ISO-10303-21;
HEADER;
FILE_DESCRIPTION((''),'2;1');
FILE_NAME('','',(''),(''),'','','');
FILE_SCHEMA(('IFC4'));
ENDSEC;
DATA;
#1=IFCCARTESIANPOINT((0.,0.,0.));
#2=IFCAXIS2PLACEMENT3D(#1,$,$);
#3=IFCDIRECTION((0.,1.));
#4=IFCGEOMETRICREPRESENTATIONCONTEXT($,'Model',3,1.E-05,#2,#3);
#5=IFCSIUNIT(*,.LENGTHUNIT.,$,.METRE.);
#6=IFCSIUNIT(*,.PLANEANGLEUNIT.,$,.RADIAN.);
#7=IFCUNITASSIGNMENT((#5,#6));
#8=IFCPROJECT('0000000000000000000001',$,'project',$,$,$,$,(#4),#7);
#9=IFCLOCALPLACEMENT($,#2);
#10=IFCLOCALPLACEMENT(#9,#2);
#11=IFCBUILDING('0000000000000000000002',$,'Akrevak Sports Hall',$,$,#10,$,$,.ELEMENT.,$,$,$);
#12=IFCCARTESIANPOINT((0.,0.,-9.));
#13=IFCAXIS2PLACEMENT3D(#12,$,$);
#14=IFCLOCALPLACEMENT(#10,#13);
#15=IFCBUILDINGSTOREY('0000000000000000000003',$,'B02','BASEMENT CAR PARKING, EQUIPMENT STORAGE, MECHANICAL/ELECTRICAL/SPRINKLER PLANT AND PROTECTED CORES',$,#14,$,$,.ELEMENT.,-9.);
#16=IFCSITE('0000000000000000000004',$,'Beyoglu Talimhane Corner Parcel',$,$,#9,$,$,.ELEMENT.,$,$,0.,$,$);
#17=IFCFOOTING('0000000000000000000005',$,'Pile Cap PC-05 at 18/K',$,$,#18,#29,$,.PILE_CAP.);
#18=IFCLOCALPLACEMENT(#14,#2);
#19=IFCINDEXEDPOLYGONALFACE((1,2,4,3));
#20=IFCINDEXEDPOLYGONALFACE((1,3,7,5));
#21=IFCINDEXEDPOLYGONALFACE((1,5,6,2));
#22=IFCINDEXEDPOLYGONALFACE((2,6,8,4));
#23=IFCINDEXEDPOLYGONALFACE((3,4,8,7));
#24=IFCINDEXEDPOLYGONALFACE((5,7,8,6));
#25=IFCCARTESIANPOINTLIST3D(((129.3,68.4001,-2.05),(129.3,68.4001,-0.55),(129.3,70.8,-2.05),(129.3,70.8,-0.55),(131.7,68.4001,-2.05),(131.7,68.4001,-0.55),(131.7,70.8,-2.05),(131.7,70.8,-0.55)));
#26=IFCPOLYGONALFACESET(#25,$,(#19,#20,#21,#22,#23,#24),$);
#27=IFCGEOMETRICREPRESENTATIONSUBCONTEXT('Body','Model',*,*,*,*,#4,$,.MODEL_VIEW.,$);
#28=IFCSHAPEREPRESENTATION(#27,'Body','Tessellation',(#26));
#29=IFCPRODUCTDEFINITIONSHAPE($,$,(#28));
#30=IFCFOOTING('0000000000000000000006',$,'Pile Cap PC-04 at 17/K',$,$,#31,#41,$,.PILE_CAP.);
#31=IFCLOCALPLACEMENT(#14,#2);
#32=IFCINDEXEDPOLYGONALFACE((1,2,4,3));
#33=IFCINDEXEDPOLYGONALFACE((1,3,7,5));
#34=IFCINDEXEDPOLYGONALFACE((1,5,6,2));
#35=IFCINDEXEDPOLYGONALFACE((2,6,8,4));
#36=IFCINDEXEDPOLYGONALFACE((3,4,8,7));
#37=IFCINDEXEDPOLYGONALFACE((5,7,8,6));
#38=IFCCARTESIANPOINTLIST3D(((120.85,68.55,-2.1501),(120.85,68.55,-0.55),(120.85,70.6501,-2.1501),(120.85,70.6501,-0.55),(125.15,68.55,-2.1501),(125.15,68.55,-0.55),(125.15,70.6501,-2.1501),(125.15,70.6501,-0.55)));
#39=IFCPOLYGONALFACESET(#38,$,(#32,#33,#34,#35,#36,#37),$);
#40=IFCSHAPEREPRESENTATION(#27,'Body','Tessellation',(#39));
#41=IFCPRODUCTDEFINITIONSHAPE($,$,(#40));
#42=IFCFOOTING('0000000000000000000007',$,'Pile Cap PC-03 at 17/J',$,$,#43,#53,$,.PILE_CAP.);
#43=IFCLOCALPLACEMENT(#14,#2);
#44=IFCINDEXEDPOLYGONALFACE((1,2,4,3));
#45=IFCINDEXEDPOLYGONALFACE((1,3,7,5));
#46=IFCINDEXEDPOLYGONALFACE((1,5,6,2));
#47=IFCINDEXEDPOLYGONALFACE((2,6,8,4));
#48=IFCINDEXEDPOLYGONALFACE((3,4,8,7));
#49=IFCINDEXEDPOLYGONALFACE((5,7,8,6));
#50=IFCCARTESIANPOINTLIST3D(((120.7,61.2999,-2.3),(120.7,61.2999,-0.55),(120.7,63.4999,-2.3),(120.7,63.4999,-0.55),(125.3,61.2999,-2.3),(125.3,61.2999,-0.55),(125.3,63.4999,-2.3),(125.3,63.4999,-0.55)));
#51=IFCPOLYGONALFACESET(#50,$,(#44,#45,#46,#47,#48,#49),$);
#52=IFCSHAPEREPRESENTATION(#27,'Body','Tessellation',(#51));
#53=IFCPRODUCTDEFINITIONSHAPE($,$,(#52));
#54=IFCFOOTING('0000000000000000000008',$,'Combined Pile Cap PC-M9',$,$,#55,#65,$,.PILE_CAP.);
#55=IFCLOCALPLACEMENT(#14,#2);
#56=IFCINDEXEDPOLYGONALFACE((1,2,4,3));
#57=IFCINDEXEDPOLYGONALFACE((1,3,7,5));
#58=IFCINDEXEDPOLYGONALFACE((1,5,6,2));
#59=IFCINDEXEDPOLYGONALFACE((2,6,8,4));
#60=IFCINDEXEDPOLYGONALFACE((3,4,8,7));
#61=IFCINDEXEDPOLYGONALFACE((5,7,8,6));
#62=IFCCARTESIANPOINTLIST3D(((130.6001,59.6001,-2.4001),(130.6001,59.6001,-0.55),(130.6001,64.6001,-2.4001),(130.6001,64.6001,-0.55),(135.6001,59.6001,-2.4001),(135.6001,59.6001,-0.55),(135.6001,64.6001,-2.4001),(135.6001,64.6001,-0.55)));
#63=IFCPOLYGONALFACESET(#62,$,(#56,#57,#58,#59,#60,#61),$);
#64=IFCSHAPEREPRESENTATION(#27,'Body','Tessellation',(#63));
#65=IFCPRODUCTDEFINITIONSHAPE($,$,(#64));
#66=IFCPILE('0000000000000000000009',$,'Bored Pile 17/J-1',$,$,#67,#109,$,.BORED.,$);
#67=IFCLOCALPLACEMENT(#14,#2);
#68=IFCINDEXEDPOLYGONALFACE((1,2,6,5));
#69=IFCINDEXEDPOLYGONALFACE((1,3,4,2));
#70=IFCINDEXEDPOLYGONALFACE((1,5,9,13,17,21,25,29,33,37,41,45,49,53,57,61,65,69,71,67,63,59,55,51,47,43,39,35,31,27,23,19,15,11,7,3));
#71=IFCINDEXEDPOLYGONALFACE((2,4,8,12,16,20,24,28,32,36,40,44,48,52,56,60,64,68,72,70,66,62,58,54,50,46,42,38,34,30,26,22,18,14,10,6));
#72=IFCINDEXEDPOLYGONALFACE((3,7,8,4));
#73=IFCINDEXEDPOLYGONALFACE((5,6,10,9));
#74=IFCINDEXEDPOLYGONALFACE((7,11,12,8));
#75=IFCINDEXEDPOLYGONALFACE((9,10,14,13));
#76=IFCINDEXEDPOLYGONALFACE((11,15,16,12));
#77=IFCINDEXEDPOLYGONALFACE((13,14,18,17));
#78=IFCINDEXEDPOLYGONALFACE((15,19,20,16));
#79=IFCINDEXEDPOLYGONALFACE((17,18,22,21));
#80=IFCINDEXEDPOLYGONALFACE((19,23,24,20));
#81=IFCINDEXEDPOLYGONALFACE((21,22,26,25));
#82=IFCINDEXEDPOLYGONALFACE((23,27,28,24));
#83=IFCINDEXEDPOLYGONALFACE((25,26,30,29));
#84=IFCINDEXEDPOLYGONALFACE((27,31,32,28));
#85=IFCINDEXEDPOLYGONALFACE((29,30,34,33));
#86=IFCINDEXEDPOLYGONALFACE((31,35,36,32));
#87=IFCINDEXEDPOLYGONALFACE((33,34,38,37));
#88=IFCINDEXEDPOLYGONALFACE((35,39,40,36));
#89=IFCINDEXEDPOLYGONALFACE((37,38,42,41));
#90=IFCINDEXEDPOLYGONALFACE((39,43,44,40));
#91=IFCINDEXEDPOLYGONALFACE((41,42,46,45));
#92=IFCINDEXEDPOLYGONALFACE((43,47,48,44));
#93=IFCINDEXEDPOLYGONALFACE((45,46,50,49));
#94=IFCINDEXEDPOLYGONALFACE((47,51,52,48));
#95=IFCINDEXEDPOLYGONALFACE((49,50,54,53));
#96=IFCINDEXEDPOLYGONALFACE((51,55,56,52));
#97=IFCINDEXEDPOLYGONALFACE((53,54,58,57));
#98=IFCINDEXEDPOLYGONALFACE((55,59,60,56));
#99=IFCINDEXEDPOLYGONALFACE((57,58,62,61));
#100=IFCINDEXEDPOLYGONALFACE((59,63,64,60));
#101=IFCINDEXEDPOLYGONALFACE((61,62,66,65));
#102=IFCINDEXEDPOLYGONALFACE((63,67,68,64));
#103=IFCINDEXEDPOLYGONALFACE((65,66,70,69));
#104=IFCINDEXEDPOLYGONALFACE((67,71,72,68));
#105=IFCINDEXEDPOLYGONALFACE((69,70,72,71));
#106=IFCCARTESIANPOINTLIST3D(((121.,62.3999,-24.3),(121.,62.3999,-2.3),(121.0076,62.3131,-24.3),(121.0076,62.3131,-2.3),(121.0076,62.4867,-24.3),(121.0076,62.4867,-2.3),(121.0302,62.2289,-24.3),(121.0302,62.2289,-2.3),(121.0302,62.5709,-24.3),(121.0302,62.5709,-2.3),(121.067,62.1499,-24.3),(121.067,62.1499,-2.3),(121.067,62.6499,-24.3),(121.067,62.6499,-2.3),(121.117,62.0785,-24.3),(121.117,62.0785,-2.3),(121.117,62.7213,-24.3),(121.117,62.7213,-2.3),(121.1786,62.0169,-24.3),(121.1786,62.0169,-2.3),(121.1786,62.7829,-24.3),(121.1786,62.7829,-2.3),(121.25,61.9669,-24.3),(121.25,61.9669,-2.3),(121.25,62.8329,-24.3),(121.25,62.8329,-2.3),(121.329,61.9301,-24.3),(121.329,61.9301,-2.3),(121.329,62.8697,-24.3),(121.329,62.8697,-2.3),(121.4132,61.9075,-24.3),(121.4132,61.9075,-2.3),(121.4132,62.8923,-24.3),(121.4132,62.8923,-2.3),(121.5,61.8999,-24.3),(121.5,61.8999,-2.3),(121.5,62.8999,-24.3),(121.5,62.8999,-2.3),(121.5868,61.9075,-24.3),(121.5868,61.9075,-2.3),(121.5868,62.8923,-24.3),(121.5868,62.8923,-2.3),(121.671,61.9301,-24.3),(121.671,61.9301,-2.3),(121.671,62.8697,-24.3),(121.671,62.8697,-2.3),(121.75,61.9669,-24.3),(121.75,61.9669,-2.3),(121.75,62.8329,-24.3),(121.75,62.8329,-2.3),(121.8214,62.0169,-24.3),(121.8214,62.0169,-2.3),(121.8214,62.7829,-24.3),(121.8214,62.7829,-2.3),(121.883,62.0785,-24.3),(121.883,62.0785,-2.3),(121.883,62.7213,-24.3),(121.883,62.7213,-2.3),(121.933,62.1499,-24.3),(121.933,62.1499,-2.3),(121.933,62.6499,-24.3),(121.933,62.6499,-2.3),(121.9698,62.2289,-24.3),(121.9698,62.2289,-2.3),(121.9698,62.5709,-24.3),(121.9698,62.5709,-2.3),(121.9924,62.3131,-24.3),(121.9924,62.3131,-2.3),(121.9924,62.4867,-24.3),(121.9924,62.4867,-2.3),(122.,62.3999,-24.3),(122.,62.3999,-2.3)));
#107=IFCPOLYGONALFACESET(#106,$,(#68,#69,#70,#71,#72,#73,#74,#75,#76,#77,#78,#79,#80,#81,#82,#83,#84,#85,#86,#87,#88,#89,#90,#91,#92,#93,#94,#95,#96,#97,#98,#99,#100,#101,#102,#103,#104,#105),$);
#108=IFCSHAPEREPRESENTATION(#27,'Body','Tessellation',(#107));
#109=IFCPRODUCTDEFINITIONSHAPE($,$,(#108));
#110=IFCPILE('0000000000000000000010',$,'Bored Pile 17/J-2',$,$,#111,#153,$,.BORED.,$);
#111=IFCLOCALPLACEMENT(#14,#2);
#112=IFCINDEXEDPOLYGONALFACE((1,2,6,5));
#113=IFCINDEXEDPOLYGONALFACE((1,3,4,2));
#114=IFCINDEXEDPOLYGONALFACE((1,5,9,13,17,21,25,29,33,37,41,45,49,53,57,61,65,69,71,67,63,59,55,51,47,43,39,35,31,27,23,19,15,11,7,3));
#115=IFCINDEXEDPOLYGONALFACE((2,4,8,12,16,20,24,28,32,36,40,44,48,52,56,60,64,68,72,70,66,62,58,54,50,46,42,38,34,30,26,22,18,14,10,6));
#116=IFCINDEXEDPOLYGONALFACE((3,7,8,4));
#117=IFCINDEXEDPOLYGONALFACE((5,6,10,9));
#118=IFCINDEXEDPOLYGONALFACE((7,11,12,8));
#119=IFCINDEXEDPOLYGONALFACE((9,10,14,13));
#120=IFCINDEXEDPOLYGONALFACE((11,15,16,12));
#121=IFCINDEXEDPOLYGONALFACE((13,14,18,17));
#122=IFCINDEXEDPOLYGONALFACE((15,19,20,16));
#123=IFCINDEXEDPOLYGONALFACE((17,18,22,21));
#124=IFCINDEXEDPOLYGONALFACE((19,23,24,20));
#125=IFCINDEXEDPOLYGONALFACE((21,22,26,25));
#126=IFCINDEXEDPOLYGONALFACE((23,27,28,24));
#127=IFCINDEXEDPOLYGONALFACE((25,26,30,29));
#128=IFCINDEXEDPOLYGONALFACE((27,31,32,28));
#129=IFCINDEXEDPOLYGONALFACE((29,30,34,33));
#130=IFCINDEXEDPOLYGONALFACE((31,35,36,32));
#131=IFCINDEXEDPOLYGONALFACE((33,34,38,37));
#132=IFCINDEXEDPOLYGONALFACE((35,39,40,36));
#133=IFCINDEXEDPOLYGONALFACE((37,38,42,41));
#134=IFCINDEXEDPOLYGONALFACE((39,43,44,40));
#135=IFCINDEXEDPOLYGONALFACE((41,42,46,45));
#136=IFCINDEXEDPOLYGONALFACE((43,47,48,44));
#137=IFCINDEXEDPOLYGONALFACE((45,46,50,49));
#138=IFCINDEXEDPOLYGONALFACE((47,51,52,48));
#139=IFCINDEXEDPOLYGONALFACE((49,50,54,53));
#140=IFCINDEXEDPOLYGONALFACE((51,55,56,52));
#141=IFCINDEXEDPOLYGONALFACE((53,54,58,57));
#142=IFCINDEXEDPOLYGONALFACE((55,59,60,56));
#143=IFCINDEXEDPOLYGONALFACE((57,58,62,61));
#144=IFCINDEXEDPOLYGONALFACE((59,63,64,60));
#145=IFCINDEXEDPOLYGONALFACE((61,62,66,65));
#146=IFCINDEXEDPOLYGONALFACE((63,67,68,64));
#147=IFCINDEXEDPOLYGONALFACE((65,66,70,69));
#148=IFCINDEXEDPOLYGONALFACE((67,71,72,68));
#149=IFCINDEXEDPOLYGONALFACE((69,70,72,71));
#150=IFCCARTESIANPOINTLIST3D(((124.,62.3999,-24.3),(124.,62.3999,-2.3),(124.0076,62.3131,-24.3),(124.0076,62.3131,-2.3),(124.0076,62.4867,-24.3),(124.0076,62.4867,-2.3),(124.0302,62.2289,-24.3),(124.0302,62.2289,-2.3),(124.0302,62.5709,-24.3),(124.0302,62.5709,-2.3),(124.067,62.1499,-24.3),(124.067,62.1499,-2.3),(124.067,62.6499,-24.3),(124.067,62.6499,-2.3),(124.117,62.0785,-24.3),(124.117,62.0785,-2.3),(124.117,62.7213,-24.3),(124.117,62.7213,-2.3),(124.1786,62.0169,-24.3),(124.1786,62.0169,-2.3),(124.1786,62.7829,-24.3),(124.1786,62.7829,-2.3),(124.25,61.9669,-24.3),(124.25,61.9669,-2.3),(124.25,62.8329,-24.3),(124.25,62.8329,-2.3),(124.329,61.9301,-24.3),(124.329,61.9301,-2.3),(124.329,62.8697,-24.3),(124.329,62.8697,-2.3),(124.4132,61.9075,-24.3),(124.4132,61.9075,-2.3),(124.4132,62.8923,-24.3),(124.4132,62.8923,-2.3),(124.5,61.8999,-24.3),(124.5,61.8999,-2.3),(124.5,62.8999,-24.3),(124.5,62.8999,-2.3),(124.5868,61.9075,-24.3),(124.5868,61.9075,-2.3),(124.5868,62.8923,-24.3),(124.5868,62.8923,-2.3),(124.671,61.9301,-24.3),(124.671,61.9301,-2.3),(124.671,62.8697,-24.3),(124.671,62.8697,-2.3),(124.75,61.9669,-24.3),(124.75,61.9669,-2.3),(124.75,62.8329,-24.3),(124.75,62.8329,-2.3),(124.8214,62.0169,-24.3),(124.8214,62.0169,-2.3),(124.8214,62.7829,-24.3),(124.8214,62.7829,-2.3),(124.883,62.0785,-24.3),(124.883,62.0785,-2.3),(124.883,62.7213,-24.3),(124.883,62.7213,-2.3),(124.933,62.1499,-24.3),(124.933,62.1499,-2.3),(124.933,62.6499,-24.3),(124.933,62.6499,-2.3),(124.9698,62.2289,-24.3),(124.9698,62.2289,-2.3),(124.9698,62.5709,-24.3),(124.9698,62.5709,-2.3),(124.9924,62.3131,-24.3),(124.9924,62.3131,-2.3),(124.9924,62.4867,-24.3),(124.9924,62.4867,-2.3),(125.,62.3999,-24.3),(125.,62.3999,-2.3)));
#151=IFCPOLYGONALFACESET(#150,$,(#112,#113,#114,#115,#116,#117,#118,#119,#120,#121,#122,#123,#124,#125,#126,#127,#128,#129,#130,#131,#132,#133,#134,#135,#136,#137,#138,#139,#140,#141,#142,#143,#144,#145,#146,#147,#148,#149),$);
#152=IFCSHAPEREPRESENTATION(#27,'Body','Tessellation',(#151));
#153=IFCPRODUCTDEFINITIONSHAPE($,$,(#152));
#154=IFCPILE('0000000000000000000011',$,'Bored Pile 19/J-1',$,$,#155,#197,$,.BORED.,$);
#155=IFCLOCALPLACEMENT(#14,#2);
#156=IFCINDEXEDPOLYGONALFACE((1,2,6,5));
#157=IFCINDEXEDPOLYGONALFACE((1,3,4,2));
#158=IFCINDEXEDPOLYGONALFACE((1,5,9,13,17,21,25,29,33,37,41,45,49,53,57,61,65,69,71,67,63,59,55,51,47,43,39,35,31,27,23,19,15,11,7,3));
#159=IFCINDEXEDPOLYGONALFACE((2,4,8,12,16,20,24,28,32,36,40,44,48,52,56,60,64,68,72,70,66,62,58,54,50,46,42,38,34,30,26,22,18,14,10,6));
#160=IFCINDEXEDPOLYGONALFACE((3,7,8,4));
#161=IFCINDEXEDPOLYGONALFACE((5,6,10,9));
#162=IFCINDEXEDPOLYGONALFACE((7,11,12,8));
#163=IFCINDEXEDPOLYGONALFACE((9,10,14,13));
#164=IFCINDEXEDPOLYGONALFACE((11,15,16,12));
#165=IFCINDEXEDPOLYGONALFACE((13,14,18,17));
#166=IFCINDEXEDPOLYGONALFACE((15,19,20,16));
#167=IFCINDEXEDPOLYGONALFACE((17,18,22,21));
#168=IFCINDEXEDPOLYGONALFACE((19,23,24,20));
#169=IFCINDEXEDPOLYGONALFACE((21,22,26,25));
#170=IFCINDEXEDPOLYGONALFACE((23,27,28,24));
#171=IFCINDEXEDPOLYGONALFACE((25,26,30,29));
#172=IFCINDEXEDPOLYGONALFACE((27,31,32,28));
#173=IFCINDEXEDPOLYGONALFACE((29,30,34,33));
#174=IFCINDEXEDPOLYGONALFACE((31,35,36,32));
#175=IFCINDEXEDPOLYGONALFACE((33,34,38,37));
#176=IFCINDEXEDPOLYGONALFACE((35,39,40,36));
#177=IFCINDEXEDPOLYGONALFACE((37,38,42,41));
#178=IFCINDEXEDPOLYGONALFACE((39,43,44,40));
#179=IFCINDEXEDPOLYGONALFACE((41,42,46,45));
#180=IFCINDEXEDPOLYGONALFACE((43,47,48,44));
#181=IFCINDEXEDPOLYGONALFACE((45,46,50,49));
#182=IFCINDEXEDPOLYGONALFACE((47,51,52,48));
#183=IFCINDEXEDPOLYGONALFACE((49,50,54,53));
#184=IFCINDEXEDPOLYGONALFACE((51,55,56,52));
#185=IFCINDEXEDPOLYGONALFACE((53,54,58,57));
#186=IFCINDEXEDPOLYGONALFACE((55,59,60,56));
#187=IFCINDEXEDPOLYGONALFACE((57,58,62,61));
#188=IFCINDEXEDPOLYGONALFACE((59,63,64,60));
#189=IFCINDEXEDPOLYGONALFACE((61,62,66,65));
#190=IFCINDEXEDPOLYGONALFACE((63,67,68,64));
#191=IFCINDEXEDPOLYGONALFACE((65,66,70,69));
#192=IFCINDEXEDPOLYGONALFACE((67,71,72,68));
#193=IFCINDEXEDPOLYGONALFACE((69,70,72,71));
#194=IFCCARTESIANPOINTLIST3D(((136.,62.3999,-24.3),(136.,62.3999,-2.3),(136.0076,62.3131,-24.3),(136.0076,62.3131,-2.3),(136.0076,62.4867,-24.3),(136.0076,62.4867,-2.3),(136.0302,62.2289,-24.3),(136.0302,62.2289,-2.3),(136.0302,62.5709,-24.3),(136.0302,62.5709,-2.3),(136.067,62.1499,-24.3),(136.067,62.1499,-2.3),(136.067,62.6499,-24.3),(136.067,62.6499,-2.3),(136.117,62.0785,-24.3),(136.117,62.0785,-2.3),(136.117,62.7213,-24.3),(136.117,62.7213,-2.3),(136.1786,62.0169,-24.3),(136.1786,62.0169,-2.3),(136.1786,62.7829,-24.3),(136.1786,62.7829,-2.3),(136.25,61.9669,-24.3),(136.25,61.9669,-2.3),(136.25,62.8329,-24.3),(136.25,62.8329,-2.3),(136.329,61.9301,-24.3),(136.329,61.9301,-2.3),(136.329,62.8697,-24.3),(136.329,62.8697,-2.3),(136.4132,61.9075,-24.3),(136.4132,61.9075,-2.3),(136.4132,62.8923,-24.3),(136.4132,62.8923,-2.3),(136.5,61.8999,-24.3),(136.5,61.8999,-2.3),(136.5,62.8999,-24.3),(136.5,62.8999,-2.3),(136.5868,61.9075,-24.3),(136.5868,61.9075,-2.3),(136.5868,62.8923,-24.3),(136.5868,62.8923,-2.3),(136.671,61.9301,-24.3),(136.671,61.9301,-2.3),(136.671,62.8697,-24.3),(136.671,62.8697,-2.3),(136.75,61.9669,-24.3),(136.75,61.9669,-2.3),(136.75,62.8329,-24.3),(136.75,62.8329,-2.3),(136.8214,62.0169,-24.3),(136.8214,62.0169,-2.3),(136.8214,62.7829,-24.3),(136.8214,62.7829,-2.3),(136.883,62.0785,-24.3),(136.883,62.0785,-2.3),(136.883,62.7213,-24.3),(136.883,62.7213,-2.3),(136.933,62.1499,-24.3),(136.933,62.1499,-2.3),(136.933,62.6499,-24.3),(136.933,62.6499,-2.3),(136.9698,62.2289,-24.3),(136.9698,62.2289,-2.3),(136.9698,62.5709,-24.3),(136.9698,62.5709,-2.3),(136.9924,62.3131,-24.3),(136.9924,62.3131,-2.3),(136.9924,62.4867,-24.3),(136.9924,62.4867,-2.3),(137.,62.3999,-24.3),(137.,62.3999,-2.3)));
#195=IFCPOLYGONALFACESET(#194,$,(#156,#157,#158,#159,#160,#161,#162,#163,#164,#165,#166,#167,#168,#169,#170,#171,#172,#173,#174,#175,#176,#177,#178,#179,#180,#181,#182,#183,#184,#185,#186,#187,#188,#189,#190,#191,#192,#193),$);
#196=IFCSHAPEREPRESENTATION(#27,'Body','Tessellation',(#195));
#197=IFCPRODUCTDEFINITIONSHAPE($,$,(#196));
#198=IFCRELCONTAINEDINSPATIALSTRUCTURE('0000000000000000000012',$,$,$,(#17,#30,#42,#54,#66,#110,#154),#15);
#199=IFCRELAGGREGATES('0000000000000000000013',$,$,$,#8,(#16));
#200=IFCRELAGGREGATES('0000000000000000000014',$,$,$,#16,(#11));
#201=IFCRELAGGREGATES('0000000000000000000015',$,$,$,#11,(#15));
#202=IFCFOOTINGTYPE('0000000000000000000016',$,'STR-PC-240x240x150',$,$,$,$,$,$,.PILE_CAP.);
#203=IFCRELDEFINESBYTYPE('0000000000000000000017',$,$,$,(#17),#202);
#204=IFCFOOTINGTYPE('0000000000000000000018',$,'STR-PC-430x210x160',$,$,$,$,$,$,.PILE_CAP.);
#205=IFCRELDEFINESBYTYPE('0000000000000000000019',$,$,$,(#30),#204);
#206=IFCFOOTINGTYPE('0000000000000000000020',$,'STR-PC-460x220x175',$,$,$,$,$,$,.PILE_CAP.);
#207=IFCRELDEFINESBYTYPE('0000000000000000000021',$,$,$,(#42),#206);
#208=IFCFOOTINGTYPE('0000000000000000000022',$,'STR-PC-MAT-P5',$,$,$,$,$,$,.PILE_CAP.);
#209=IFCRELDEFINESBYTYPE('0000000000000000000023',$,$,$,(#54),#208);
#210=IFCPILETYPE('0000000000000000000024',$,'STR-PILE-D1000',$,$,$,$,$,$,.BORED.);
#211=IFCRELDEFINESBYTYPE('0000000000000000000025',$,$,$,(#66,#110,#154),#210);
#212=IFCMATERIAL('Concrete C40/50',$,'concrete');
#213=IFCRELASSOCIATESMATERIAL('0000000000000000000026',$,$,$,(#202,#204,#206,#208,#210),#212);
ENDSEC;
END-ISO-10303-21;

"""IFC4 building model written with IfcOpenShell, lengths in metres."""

from ifc_helpers import new_model, si_unit, direction, frame, origin, origin_2d, place, context, subcontext, project, spatial, rectangle, circle, extrude, material, material_profile, profile_set, type_object, element, save


model = new_model("IFC4")

# Units and contexts
model_context = context("Model", 3, precision=1e-05, world=origin(), true_north=direction((0.0, 1.0)))
body_context = subcontext(model_context, "Body", "Model", "MODEL_VIEW")
ifc_project = project(units=[si_unit("LENGTHUNIT", "METRE"), si_unit("PLANEANGLEUNIT", "RADIAN")], contexts=[model_context])

# Site, building, storey
site_placement = place(None, origin())
site = spatial("IfcSite", under=ifc_project, at=site_placement, Name="Beyoglu Talimhane Corner Parcel", CompositionType="ELEMENT", RefElevation=0.0)
building_placement = place(site_placement, origin())
building = spatial("IfcBuilding", under=site, at=building_placement, Name="Akrevak Sports Hall", CompositionType="ELEMENT")
storey_placement = place(building_placement, frame((0.0, 0.0, -9.0)))
storey = spatial("IfcBuildingStorey", under=building, at=storey_placement, Name="B02", Description="BASEMENT CAR PARKING, EQUIPMENT STORAGE, MECHANICAL/ELECTRICAL/SPRINKLER PLANT AND PROTECTED CORES", CompositionType="ELEMENT", Elevation=-9.0)

# Footings
ifc_material_1 = material(Name="Concrete C40/50", Category="concrete")
footing_type_1 = type_object("IfcFootingType", Name="STR-PC-240x240x150", PredefinedType="PILE_CAP", material=ifc_material_1)
footing_1_placement = place(storey_placement, frame((130.5, 69.6001, -2.05), z_axis=(0.0, 0.0, 1.0), x_axis=(1.0, 0.0, 0.0)))
element("IfcFooting", 1, at=footing_1_placement, inside=storey, type_object=footing_type_1, Name="Pile Cap PC-05 at 18/K", PredefinedType="PILE_CAP", context=body_context, shape_type="SweptSolid", body=[
    extrude(rectangle(XDim=2.3999, YDim=2.3999, at=origin_2d()), origin(), (0.0, 0.0, 1.0), 1.5),
])
footing_type_2 = type_object("IfcFootingType", Name="STR-PC-430x210x160", PredefinedType="PILE_CAP", material=ifc_material_1)
footing_2_placement = place(storey_placement, frame((123.0, 69.6001, -2.1501), z_axis=(0.0, 0.0, 1.0), x_axis=(1.0, 0.0, 0.0)))
element("IfcFooting", 2, at=footing_2_placement, inside=storey, type_object=footing_type_2, Name="Pile Cap PC-04 at 17/K", PredefinedType="PILE_CAP", context=body_context, shape_type="SweptSolid", body=[
    extrude(rectangle(XDim=4.3, YDim=2.1001, at=origin_2d()), origin(), (0.0, 0.0, 1.0), 1.6001),
])
footing_type_3 = type_object("IfcFootingType", Name="STR-PC-460x220x175", PredefinedType="PILE_CAP", material=ifc_material_1)
footing_3_placement = place(storey_placement, frame((123.0, 62.3999, -2.3), z_axis=(0.0, 0.0, 1.0), x_axis=(1.0, 0.0, 0.0)))
element("IfcFooting", 3, at=footing_3_placement, inside=storey, type_object=footing_type_3, Name="Pile Cap PC-03 at 17/J", PredefinedType="PILE_CAP", context=body_context, shape_type="SweptSolid", body=[
    extrude(rectangle(XDim=4.6001, YDim=2.2, at=origin_2d()), origin(), (0.0, 0.0, 1.0), 1.75),
])
footing_type_4 = type_object("IfcFootingType", Name="STR-PC-MAT-P5", PredefinedType="PILE_CAP", material=ifc_material_1)
footing_4_placement = place(storey_placement, frame((133.1001, 62.1001, -2.4001), z_axis=(0.0, 0.0, 1.0), x_axis=(1.0, 0.0, 0.0)))
element("IfcFooting", 4, at=footing_4_placement, inside=storey, type_object=footing_type_4, Name="Combined Pile Cap PC-M9", PredefinedType="PILE_CAP", context=body_context, shape_type="SweptSolid", body=[
    extrude(rectangle(XDim=5.0, YDim=5.0, at=origin_2d()), origin(), (0.0, 0.0, 1.0), 1.8501),
])

# Piles
ifc_material_profile_1 = material_profile(ifc_material_1, circle(Radius=0.5, at=origin_2d()), Name="BORED PILE D1000", Category="concrete")
ifc_profile_set_1 = profile_set([ifc_material_profile_1], Name="Concrete C40/50")
pile_type_1 = type_object("IfcPileType", Name="STR-PILE-D1000", PredefinedType="BORED", material=ifc_profile_set_1)
for number, where, z_axis, x_axis, name in (
    (5, (121.5, 62.3999, -2.3), (0.0, 0.0, -1.0), (1.0, 0.0, 0.0), "Bored Pile 17/J-1"),
    (6, (124.5, 62.3999, -2.3), (0.0, 0.0, -1.0), (1.0, 0.0, 0.0), "Bored Pile 17/J-2"),
    (7, (136.5, 62.3999, -2.3), (0.0, 0.0, -1.0), (1.0, 0.0, 0.0), "Bored Pile 19/J-1"),
):
    element("IfcPile", number, at=place(storey_placement, frame(where, z_axis=z_axis, x_axis=x_axis)), inside=storey, type_object=pile_type_1, Name=name, PredefinedType="BORED", context=body_context, shape_type="SweptSolid", body=[
        extrude(circle(Radius=0.5, at=origin_2d()), origin(), (0.0, 0.0, 1.0), 22.0),
    ])

save(model, "model.ifc")
